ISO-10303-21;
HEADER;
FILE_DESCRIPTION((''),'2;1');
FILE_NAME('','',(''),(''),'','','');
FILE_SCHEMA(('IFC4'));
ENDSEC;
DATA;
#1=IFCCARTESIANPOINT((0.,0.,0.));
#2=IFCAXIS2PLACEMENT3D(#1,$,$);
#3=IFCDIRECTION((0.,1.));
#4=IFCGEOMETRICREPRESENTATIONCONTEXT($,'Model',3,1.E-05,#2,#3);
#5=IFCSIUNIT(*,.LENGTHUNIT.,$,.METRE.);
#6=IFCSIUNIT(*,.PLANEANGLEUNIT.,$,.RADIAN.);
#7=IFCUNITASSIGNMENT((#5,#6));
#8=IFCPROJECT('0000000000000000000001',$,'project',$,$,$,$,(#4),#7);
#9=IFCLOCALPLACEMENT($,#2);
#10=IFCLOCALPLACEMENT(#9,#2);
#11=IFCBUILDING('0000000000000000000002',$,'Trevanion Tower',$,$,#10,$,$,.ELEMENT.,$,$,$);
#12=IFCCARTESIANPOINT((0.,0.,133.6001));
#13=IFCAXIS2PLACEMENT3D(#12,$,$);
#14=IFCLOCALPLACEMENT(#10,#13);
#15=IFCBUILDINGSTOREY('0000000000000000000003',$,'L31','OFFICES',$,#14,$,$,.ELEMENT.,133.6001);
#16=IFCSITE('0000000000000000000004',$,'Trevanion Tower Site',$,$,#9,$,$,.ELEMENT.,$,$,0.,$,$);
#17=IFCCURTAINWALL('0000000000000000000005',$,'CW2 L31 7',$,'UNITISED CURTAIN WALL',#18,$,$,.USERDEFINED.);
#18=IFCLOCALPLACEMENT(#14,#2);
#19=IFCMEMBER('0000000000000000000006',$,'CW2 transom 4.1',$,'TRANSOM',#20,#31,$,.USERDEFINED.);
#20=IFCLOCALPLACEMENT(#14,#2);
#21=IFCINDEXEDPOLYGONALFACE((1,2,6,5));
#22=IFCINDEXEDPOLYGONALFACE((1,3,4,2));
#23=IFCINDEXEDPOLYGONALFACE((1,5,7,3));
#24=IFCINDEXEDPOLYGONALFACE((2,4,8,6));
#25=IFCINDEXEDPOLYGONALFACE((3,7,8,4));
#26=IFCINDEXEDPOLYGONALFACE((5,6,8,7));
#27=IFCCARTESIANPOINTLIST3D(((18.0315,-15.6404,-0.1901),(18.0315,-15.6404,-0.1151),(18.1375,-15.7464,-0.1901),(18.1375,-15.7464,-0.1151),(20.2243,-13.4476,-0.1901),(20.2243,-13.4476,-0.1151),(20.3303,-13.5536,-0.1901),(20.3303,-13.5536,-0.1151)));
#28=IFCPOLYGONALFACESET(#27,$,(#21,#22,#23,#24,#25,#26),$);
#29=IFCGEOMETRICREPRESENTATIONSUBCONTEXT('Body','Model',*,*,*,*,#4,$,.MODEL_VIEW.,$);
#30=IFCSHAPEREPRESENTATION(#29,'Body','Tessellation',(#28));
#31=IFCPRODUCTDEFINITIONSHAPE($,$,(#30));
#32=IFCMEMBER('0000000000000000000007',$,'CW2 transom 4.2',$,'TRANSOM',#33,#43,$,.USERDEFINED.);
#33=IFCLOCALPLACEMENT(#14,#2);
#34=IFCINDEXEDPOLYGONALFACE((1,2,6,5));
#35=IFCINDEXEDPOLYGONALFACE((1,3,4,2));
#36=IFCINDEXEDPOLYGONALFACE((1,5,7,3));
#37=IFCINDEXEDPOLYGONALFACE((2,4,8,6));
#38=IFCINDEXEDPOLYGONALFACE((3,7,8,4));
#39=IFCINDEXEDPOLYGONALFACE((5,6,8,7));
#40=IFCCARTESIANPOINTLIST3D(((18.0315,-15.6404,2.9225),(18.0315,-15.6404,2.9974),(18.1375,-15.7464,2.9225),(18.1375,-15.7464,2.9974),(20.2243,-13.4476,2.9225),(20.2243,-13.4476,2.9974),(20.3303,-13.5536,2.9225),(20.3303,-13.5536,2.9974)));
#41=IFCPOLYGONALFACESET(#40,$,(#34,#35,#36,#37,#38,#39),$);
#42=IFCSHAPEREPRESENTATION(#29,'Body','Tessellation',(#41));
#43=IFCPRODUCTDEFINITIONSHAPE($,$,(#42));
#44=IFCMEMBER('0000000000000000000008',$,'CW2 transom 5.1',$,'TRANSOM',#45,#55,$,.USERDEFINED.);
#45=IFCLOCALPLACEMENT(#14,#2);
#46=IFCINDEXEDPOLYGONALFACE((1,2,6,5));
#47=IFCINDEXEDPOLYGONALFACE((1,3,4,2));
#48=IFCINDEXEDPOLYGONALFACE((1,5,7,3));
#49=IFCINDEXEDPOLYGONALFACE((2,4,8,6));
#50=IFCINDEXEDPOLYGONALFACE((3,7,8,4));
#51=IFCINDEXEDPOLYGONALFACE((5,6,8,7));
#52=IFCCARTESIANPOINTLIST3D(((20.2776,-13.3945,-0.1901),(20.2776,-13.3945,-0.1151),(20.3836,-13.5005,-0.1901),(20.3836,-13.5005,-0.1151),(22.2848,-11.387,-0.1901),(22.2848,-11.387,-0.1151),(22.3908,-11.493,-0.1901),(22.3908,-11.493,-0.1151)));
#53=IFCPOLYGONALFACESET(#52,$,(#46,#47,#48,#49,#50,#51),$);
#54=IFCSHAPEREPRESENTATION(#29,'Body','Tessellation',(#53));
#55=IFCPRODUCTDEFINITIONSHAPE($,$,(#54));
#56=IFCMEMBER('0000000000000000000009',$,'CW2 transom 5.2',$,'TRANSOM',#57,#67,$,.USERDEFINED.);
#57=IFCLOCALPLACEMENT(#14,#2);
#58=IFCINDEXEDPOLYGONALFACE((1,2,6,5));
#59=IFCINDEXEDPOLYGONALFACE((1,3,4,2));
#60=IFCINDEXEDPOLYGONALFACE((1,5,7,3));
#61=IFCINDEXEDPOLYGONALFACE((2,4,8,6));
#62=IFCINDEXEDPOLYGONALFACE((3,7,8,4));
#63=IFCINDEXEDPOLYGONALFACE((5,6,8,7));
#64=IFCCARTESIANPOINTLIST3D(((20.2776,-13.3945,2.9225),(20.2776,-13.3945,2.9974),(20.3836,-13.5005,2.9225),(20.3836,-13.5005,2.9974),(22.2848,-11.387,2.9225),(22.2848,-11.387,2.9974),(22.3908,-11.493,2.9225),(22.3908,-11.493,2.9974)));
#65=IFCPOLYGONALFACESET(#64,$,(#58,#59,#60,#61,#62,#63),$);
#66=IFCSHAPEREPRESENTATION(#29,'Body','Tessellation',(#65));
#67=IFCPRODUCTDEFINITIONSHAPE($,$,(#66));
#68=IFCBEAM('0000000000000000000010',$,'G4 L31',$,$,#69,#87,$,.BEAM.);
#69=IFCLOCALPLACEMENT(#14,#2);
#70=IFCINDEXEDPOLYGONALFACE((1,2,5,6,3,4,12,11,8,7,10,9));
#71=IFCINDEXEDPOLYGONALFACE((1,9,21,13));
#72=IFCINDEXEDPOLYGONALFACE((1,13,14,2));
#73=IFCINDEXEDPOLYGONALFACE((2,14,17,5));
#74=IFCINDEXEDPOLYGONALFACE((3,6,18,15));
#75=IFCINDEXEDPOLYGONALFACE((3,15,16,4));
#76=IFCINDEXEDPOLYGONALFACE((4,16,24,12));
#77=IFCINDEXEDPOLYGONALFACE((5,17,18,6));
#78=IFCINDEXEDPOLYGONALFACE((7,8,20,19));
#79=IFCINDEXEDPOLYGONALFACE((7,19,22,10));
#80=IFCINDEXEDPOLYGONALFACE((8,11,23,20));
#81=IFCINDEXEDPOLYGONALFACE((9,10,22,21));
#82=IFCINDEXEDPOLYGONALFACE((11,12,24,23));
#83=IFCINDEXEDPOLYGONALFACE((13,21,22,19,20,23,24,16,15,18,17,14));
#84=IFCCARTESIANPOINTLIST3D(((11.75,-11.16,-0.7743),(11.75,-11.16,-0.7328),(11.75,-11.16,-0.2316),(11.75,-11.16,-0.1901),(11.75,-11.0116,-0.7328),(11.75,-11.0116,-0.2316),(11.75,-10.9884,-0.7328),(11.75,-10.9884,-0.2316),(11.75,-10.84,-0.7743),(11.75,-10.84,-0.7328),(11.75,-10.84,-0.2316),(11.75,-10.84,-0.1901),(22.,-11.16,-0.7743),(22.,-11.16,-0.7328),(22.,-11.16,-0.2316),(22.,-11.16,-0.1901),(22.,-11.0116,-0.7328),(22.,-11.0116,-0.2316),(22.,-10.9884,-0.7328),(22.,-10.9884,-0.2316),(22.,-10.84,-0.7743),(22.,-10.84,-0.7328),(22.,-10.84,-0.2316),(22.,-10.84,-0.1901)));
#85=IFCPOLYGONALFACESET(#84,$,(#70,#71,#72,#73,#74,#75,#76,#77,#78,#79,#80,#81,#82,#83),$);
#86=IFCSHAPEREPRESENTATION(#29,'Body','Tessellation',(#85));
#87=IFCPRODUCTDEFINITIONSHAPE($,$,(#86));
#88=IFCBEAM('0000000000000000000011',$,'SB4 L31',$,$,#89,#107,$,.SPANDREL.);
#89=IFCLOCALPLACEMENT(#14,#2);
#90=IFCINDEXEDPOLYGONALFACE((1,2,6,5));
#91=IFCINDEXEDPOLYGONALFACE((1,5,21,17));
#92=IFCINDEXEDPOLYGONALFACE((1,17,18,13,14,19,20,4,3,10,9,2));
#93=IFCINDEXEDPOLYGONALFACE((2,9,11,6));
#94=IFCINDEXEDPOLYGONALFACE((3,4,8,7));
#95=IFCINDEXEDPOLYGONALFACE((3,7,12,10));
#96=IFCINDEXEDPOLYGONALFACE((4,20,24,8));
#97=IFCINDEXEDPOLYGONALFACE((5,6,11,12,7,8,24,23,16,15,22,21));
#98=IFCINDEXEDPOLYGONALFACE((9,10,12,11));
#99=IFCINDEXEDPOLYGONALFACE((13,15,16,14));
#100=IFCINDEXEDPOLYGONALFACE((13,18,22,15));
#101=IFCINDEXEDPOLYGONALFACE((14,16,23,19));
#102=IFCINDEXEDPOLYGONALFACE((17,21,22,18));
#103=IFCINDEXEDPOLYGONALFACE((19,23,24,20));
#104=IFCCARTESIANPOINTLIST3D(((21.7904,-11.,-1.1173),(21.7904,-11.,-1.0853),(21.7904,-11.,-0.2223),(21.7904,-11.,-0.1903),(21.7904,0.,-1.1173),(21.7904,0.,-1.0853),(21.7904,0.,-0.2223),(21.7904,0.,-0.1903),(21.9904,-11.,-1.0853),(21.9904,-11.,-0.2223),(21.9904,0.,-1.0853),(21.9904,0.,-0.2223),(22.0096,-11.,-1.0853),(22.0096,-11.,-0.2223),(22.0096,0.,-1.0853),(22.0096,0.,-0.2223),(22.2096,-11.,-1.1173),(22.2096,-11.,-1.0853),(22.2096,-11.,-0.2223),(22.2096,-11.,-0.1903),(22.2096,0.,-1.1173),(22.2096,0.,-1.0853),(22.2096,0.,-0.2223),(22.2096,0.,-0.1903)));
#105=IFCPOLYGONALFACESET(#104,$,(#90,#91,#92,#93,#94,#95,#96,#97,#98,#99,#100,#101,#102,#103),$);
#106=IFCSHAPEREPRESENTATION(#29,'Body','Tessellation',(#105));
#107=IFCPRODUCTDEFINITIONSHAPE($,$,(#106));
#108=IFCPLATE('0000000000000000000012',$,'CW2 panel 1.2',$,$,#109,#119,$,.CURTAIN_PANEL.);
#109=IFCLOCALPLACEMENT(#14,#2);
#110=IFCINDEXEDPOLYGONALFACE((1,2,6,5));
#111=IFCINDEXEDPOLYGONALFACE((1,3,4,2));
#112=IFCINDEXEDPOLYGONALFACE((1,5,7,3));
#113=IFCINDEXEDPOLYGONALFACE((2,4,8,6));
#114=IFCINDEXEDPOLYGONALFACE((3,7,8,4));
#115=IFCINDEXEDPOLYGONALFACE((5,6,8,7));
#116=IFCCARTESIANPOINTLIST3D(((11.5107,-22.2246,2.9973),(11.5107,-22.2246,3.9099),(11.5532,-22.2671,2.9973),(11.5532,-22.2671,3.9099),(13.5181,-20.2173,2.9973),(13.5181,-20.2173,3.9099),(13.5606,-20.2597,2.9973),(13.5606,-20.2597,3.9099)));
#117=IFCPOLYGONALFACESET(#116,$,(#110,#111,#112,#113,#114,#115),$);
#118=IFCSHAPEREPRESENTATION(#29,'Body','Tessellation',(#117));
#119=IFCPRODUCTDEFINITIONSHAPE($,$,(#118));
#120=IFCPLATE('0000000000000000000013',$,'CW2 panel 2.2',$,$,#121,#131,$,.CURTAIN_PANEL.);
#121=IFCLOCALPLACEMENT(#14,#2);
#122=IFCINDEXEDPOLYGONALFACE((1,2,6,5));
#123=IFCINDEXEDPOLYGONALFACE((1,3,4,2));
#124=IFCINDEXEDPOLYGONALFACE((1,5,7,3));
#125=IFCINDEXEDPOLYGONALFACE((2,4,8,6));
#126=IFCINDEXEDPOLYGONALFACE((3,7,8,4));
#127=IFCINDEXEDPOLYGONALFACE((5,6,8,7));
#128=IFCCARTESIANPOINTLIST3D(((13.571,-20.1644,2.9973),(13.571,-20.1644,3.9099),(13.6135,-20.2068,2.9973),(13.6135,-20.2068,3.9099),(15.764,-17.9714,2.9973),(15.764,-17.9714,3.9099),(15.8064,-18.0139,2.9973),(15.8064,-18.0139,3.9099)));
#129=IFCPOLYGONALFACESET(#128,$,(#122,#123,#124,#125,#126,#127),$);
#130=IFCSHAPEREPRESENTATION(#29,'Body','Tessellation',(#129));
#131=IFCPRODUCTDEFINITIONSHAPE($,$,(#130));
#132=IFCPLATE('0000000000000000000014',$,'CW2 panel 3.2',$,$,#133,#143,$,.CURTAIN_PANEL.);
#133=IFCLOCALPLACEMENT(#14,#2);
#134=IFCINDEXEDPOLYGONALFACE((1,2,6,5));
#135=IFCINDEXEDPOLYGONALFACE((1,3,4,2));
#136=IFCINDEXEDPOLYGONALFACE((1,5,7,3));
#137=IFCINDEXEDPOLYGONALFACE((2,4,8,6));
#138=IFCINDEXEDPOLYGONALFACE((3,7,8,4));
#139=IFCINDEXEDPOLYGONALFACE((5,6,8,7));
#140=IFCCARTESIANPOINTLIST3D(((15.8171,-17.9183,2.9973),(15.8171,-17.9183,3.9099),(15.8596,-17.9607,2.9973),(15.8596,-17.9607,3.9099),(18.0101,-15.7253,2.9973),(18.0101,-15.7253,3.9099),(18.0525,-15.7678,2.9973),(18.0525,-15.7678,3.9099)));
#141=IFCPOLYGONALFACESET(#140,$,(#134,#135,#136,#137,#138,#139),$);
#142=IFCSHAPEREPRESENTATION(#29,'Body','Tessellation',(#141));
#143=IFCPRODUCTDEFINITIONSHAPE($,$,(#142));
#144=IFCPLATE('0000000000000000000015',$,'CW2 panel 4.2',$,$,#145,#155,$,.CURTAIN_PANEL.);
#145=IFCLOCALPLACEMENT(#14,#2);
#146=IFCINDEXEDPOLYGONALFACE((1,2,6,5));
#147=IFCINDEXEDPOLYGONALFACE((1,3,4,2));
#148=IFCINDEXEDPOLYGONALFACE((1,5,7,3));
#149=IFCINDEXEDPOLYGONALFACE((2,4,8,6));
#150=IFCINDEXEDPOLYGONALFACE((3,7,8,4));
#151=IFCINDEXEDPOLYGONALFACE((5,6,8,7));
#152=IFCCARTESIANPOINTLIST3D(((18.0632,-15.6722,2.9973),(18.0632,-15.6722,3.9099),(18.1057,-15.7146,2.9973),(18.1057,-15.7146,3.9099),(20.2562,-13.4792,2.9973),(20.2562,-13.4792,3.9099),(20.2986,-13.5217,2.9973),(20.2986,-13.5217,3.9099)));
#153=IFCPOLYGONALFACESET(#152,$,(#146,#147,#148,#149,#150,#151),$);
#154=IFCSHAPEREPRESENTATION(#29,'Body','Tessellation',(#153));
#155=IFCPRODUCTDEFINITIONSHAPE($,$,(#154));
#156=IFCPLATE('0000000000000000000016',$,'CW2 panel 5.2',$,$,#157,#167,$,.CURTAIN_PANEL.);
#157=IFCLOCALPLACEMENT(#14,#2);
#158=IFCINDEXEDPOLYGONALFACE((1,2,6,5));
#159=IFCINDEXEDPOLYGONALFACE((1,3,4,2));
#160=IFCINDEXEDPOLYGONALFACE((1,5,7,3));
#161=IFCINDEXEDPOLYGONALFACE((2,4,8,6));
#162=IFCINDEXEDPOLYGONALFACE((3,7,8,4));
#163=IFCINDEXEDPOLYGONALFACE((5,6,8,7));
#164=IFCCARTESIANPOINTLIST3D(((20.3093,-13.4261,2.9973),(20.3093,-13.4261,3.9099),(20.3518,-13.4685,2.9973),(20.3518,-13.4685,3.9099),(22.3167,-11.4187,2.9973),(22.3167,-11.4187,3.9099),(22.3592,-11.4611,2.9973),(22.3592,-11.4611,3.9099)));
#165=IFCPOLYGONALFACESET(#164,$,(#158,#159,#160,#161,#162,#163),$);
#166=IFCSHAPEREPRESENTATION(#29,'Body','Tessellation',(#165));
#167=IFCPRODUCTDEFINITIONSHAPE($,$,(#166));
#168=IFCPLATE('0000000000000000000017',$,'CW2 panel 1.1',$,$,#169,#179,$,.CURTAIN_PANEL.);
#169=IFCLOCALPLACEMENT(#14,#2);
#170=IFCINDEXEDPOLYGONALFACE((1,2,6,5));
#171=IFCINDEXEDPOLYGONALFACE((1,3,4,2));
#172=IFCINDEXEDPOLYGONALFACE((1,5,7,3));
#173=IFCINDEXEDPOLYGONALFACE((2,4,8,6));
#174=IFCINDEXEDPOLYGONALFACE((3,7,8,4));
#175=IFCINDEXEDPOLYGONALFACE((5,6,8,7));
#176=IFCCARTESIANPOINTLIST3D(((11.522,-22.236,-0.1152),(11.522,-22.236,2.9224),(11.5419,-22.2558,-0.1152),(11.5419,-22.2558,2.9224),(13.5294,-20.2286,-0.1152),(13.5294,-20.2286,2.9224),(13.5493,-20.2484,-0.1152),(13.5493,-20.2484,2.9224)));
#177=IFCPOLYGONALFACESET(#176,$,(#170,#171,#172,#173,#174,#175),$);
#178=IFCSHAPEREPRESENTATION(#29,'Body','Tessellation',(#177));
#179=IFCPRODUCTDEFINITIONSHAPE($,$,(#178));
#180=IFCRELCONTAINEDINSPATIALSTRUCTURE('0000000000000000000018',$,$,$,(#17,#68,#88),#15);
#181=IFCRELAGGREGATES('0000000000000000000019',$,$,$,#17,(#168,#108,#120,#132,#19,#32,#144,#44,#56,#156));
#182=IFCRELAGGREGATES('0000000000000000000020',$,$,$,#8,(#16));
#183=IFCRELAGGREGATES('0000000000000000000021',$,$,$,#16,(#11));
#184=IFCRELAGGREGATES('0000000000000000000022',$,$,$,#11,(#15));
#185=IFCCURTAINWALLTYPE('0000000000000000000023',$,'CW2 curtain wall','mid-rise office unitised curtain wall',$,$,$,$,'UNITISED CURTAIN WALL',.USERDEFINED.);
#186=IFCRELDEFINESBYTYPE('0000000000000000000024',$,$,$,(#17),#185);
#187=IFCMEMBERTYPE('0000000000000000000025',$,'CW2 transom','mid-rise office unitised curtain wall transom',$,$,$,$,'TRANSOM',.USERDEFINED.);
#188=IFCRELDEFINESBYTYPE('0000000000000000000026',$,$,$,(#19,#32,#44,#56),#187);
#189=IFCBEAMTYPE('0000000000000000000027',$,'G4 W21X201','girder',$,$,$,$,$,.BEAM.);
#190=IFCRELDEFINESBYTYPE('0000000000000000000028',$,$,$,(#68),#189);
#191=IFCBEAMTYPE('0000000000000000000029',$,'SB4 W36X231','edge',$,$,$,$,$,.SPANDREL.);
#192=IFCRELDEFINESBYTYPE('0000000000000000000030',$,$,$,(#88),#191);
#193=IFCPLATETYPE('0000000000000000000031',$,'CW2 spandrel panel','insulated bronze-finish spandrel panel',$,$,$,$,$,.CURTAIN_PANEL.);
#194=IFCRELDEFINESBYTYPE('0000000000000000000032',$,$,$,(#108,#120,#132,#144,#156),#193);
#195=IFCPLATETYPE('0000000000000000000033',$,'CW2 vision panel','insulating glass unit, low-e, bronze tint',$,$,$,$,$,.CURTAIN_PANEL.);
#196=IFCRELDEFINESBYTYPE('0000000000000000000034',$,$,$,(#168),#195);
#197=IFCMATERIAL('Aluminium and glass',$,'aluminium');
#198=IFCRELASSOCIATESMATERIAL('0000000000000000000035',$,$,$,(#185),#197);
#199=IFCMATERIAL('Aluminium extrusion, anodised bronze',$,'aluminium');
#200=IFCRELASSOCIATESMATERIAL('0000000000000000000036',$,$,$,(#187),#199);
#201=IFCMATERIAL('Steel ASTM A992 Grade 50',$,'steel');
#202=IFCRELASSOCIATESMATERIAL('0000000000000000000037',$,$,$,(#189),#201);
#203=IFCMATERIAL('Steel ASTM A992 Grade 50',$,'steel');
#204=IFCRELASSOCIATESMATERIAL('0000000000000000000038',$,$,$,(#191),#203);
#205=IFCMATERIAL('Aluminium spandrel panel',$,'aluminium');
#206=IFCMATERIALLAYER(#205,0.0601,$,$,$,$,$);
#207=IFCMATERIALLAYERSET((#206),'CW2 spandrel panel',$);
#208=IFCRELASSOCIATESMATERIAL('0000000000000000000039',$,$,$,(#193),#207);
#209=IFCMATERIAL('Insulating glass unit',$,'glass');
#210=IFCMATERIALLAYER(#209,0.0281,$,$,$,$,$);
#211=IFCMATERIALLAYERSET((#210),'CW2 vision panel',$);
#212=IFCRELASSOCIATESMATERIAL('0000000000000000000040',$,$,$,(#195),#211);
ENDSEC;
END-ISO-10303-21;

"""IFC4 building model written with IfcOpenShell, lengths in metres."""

from ifc_helpers import new_model, si_unit, direction, frame, origin, origin_2d, place, context, subcontext, project, spatial, rectangle, i_section, extrude, material, layer, layer_set, material_profile, profile_set, type_object, element, aggregate, save


model = new_model("IFC4")

# Units and contexts
model_context = context("Model", 3, precision=1e-05, world=origin(), true_north=direction((0.0, 1.0)))
body_context = subcontext(model_context, "Body", "Model", "MODEL_VIEW")
ifc_project = project(units=[si_unit("LENGTHUNIT", "METRE"), si_unit("PLANEANGLEUNIT", "RADIAN")], contexts=[model_context])

# Site, building, storey
site_placement = place(None, origin())
site = spatial("IfcSite", under=ifc_project, at=site_placement, Name="Trevanion Tower Site", CompositionType="ELEMENT", RefElevation=0.0)
building_placement = place(site_placement, origin())
building = spatial("IfcBuilding", under=site, at=building_placement, Name="Trevanion Tower", CompositionType="ELEMENT")
storey_placement = place(building_placement, frame((0.0, 0.0, 133.6001)))
storey = spatial("IfcBuildingStorey", under=building, at=storey_placement, Name="L31", Description="OFFICES", CompositionType="ELEMENT", Elevation=133.6001)

# Curtain wall, members
ifc_material_1 = material(Name="Aluminium and glass", Category="aluminium")
curtain_wall_type = type_object("IfcCurtainWallType", Name="CW2 curtain wall", Description="mid-rise office unitised curtain wall", ElementType="UNITISED CURTAIN WALL", PredefinedType="USERDEFINED", material=ifc_material_1)
curtain_wall_placement = place(storey_placement, origin())
curtain_wall = element("IfcCurtainWall", 1, at=curtain_wall_placement, inside=storey, type_object=curtain_wall_type, Name="CW2 L31 7", ObjectType="UNITISED CURTAIN WALL", PredefinedType="USERDEFINED")
ifc_material_2 = material(Name="Aluminium extrusion, anodised bronze", Category="aluminium")
ifc_material_profile_1 = material_profile(ifc_material_2, rectangle(XDim=0.1499, YDim=0.075, at=origin_2d()), Name="CW2 transom")
ifc_profile_set_1 = profile_set([ifc_material_profile_1], Name="Aluminium extrusion, anodised bronze")
member_type_1 = type_object("IfcMemberType", Name="CW2 transom", Description="mid-rise office unitised curtain wall transom", ElementType="TRANSOM", PredefinedType="USERDEFINED", material=ifc_profile_set_1)
member_1_placement = place(storey_placement, frame((18.0845, -15.6934, -0.1526), z_axis=(0.707107, 0.707107, 0.0), x_axis=(-0.707107, 0.707107, 0.0)))
member_1 = element("IfcMember", 2, at=member_1_placement, type_object=member_type_1, Name="CW2 transom 4.1", ObjectType="TRANSOM", PredefinedType="USERDEFINED", context=body_context, shape_type="SweptSolid", body=[
    extrude(rectangle(XDim=0.1499, YDim=0.075, at=origin_2d()), origin(), (0.0, 0.0, 1.0), 3.1011),
])
member_2_placement = place(storey_placement, frame((18.0845, -15.6934, 2.96), z_axis=(0.707107, 0.707107, 0.0), x_axis=(-0.707107, 0.707107, 0.0)))
member_2 = element("IfcMember", 3, at=member_2_placement, type_object=member_type_1, Name="CW2 transom 4.2", ObjectType="TRANSOM", PredefinedType="USERDEFINED", context=body_context, shape_type="SweptSolid", body=[
    extrude(rectangle(XDim=0.1499, YDim=0.075, at=origin_2d()), origin(), (0.0, 0.0, 1.0), 3.1011),
])
member_3_placement = place(storey_placement, frame((20.3306, -13.4475, -0.1526), z_axis=(0.707064, 0.70715, 0.0), x_axis=(-0.70715, 0.707064, 0.0)))
member_3 = element("IfcMember", 4, at=member_3_placement, type_object=member_type_1, Name="CW2 transom 5.1", ObjectType="TRANSOM", PredefinedType="USERDEFINED", context=body_context, shape_type="SweptSolid", body=[
    extrude(rectangle(XDim=0.1499, YDim=0.075, at=origin_2d()), origin(), (0.0, 0.0, 1.0), 2.8389),
])
member_4_placement = place(storey_placement, frame((20.3306, -13.4475, 2.96), z_axis=(0.707064, 0.70715, 0.0), x_axis=(-0.70715, 0.707064, 0.0)))
member_4 = element("IfcMember", 5, at=member_4_placement, type_object=member_type_1, Name="CW2 transom 5.2", ObjectType="TRANSOM", PredefinedType="USERDEFINED", context=body_context, shape_type="SweptSolid", body=[
    extrude(rectangle(XDim=0.1499, YDim=0.075, at=origin_2d()), origin(), (0.0, 0.0, 1.0), 2.8389),
])

# Beams
ifc_material_3 = material(Name="Steel ASTM A992 Grade 50", Category="steel")
ifc_material_profile_2 = material_profile(ifc_material_3, i_section(OverallWidth=0.3201, OverallDepth=0.5842, WebThickness=0.0232, FlangeThickness=0.0415, at=origin_2d()), Name="W21X201")
ifc_profile_set_2 = profile_set([ifc_material_profile_2], Name="Steel ASTM A992 Grade 50")
beam_type_1 = type_object("IfcBeamType", Name="G4 W21X201", Description="girder", PredefinedType="BEAM", material=ifc_profile_set_2)
beam_1_placement = place(storey_placement, frame((11.75, -11.0, -0.4822), z_axis=(1.0, 0.0, 0.0), x_axis=(0.0, 1.0, 0.0)))
element("IfcBeam", 6, at=beam_1_placement, inside=storey, type_object=beam_type_1, Name="G4 L31", PredefinedType="BEAM", context=body_context, shape_type="SweptSolid", body=[
    extrude(i_section(OverallWidth=0.3201, OverallDepth=0.5842, WebThickness=0.0232, FlangeThickness=0.0415, at=origin_2d()), origin(), (0.0, 0.0, 1.0), 10.25),
])
ifc_material_4 = material(Name="Steel ASTM A992 Grade 50", Category="steel")
ifc_material_profile_3 = material_profile(ifc_material_4, i_section(OverallWidth=0.4192, OverallDepth=0.927, WebThickness=0.0193, FlangeThickness=0.032, at=origin_2d()), Name="W36X231")
ifc_profile_set_3 = profile_set([ifc_material_profile_3], Name="Steel ASTM A992 Grade 50")
beam_type_2 = type_object("IfcBeamType", Name="SB4 W36X231", Description="edge", PredefinedType="SPANDREL", material=ifc_profile_set_3)
beam_2_placement = place(storey_placement, frame((22.0, -11.0, -0.6538), z_axis=(0.0, 1.0, 0.0), x_axis=(-1.0, 0.0, 0.0)))
element("IfcBeam", 7, at=beam_2_placement, inside=storey, type_object=beam_type_2, Name="SB4 L31", PredefinedType="SPANDREL", context=body_context, shape_type="SweptSolid", body=[
    extrude(i_section(OverallWidth=0.4192, OverallDepth=0.927, WebThickness=0.0193, FlangeThickness=0.032, at=origin_2d()), origin(), (0.0, 0.0, 1.0), 11.0),
])

# Plates
ifc_material_5 = material(Name="Aluminium spandrel panel", Category="aluminium")
ifc_layer_1 = layer(ifc_material_5, 0.0601)
ifc_layer_set_1 = layer_set([ifc_layer_1], Name="CW2 spandrel panel")
plate_type_1 = type_object("IfcPlateType", Name="CW2 spandrel panel", Description="insulated bronze-finish spandrel panel", PredefinedType="CURTAIN_PANEL", material=ifc_layer_set_1)
plate_1_placement = place(storey_placement, frame((12.5356, -21.2422, 2.9973), z_axis=(0.0, 0.0, 1.0), x_axis=(0.707107, 0.707107, 0.0)))
plate_1 = element("IfcPlate", 8, at=plate_1_placement, type_object=plate_type_1, Name="CW2 panel 1.2", PredefinedType="CURTAIN_PANEL", context=body_context, shape_type="SweptSolid", body=[
    extrude(rectangle(XDim=2.8389, YDim=0.0601, at=origin_2d()), origin(), (0.0, 0.0, 1.0), 0.9126),
])
plate_2_placement = place(storey_placement, frame((14.6887, -19.0891, 2.9973), z_axis=(0.0, 0.0, 1.0), x_axis=(0.707107, 0.707107, 0.0)))
plate_2 = element("IfcPlate", 9, at=plate_2_placement, type_object=plate_type_1, Name="CW2 panel 2.2", PredefinedType="CURTAIN_PANEL", context=body_context, shape_type="SweptSolid", body=[
    extrude(rectangle(XDim=3.1013, YDim=0.0601, at=origin_2d()), origin(), (0.0, 0.0, 1.0), 0.9126),
])
plate_3_placement = place(storey_placement, frame((16.9348, -16.843, 2.9973), z_axis=(0.0, 0.0, 1.0), x_axis=(0.707107, 0.707107, 0.0)))
plate_3 = element("IfcPlate", 10, at=plate_3_placement, type_object=plate_type_1, Name="CW2 panel 3.2", PredefinedType="CURTAIN_PANEL", context=body_context, shape_type="SweptSolid", body=[
    extrude(rectangle(XDim=3.1013, YDim=0.0601, at=origin_2d()), origin(), (0.0, 0.0, 1.0), 0.9126),
])
plate_4_placement = place(storey_placement, frame((19.1809, -14.5969, 2.9973), z_axis=(0.0, 0.0, 1.0), x_axis=(0.707107, 0.707107, 0.0)))
plate_4 = element("IfcPlate", 11, at=plate_4_placement, type_object=plate_type_1, Name="CW2 panel 4.2", PredefinedType="CURTAIN_PANEL", context=body_context, shape_type="SweptSolid", body=[
    extrude(rectangle(XDim=3.1013, YDim=0.0601, at=origin_2d()), origin(), (0.0, 0.0, 1.0), 0.9126),
])
plate_5_placement = place(storey_placement, frame((21.3342, -12.4436, 2.9973), z_axis=(0.0, 0.0, 1.0), x_axis=(0.707107, 0.707107, 0.0)))
plate_5 = element("IfcPlate", 12, at=plate_5_placement, type_object=plate_type_1, Name="CW2 panel 5.2", PredefinedType="CURTAIN_PANEL", context=body_context, shape_type="SweptSolid", body=[
    extrude(rectangle(XDim=2.8389, YDim=0.0601, at=origin_2d()), origin(), (0.0, 0.0, 1.0), 0.9126),
])
ifc_material_6 = material(Name="Insulating glass unit", Category="glass")
ifc_layer_2 = layer(ifc_material_6, 0.0281)
ifc_layer_set_2 = layer_set([ifc_layer_2], Name="CW2 vision panel")
plate_type_2 = type_object("IfcPlateType", Name="CW2 vision panel", Description="insulating glass unit, low-e, bronze tint", PredefinedType="CURTAIN_PANEL", material=ifc_layer_set_2)
plate_6_placement = place(storey_placement, frame((12.5356, -21.2422, -0.1152), z_axis=(0.0, 0.0, 1.0), x_axis=(0.707107, 0.707107, 0.0)))
plate_6 = element("IfcPlate", 13, at=plate_6_placement, type_object=plate_type_2, Name="CW2 panel 1.1", PredefinedType="CURTAIN_PANEL", context=body_context, shape_type="SweptSolid", body=[
    extrude(rectangle(XDim=2.8389, YDim=0.0281, at=origin_2d()), origin(), (0.0, 0.0, 1.0), 3.0376),
])
aggregate(curtain_wall, [plate_6, plate_1, plate_2, plate_3, member_1, member_2, plate_4, member_3, member_4, plate_5])

save(model, "model.ifc")
